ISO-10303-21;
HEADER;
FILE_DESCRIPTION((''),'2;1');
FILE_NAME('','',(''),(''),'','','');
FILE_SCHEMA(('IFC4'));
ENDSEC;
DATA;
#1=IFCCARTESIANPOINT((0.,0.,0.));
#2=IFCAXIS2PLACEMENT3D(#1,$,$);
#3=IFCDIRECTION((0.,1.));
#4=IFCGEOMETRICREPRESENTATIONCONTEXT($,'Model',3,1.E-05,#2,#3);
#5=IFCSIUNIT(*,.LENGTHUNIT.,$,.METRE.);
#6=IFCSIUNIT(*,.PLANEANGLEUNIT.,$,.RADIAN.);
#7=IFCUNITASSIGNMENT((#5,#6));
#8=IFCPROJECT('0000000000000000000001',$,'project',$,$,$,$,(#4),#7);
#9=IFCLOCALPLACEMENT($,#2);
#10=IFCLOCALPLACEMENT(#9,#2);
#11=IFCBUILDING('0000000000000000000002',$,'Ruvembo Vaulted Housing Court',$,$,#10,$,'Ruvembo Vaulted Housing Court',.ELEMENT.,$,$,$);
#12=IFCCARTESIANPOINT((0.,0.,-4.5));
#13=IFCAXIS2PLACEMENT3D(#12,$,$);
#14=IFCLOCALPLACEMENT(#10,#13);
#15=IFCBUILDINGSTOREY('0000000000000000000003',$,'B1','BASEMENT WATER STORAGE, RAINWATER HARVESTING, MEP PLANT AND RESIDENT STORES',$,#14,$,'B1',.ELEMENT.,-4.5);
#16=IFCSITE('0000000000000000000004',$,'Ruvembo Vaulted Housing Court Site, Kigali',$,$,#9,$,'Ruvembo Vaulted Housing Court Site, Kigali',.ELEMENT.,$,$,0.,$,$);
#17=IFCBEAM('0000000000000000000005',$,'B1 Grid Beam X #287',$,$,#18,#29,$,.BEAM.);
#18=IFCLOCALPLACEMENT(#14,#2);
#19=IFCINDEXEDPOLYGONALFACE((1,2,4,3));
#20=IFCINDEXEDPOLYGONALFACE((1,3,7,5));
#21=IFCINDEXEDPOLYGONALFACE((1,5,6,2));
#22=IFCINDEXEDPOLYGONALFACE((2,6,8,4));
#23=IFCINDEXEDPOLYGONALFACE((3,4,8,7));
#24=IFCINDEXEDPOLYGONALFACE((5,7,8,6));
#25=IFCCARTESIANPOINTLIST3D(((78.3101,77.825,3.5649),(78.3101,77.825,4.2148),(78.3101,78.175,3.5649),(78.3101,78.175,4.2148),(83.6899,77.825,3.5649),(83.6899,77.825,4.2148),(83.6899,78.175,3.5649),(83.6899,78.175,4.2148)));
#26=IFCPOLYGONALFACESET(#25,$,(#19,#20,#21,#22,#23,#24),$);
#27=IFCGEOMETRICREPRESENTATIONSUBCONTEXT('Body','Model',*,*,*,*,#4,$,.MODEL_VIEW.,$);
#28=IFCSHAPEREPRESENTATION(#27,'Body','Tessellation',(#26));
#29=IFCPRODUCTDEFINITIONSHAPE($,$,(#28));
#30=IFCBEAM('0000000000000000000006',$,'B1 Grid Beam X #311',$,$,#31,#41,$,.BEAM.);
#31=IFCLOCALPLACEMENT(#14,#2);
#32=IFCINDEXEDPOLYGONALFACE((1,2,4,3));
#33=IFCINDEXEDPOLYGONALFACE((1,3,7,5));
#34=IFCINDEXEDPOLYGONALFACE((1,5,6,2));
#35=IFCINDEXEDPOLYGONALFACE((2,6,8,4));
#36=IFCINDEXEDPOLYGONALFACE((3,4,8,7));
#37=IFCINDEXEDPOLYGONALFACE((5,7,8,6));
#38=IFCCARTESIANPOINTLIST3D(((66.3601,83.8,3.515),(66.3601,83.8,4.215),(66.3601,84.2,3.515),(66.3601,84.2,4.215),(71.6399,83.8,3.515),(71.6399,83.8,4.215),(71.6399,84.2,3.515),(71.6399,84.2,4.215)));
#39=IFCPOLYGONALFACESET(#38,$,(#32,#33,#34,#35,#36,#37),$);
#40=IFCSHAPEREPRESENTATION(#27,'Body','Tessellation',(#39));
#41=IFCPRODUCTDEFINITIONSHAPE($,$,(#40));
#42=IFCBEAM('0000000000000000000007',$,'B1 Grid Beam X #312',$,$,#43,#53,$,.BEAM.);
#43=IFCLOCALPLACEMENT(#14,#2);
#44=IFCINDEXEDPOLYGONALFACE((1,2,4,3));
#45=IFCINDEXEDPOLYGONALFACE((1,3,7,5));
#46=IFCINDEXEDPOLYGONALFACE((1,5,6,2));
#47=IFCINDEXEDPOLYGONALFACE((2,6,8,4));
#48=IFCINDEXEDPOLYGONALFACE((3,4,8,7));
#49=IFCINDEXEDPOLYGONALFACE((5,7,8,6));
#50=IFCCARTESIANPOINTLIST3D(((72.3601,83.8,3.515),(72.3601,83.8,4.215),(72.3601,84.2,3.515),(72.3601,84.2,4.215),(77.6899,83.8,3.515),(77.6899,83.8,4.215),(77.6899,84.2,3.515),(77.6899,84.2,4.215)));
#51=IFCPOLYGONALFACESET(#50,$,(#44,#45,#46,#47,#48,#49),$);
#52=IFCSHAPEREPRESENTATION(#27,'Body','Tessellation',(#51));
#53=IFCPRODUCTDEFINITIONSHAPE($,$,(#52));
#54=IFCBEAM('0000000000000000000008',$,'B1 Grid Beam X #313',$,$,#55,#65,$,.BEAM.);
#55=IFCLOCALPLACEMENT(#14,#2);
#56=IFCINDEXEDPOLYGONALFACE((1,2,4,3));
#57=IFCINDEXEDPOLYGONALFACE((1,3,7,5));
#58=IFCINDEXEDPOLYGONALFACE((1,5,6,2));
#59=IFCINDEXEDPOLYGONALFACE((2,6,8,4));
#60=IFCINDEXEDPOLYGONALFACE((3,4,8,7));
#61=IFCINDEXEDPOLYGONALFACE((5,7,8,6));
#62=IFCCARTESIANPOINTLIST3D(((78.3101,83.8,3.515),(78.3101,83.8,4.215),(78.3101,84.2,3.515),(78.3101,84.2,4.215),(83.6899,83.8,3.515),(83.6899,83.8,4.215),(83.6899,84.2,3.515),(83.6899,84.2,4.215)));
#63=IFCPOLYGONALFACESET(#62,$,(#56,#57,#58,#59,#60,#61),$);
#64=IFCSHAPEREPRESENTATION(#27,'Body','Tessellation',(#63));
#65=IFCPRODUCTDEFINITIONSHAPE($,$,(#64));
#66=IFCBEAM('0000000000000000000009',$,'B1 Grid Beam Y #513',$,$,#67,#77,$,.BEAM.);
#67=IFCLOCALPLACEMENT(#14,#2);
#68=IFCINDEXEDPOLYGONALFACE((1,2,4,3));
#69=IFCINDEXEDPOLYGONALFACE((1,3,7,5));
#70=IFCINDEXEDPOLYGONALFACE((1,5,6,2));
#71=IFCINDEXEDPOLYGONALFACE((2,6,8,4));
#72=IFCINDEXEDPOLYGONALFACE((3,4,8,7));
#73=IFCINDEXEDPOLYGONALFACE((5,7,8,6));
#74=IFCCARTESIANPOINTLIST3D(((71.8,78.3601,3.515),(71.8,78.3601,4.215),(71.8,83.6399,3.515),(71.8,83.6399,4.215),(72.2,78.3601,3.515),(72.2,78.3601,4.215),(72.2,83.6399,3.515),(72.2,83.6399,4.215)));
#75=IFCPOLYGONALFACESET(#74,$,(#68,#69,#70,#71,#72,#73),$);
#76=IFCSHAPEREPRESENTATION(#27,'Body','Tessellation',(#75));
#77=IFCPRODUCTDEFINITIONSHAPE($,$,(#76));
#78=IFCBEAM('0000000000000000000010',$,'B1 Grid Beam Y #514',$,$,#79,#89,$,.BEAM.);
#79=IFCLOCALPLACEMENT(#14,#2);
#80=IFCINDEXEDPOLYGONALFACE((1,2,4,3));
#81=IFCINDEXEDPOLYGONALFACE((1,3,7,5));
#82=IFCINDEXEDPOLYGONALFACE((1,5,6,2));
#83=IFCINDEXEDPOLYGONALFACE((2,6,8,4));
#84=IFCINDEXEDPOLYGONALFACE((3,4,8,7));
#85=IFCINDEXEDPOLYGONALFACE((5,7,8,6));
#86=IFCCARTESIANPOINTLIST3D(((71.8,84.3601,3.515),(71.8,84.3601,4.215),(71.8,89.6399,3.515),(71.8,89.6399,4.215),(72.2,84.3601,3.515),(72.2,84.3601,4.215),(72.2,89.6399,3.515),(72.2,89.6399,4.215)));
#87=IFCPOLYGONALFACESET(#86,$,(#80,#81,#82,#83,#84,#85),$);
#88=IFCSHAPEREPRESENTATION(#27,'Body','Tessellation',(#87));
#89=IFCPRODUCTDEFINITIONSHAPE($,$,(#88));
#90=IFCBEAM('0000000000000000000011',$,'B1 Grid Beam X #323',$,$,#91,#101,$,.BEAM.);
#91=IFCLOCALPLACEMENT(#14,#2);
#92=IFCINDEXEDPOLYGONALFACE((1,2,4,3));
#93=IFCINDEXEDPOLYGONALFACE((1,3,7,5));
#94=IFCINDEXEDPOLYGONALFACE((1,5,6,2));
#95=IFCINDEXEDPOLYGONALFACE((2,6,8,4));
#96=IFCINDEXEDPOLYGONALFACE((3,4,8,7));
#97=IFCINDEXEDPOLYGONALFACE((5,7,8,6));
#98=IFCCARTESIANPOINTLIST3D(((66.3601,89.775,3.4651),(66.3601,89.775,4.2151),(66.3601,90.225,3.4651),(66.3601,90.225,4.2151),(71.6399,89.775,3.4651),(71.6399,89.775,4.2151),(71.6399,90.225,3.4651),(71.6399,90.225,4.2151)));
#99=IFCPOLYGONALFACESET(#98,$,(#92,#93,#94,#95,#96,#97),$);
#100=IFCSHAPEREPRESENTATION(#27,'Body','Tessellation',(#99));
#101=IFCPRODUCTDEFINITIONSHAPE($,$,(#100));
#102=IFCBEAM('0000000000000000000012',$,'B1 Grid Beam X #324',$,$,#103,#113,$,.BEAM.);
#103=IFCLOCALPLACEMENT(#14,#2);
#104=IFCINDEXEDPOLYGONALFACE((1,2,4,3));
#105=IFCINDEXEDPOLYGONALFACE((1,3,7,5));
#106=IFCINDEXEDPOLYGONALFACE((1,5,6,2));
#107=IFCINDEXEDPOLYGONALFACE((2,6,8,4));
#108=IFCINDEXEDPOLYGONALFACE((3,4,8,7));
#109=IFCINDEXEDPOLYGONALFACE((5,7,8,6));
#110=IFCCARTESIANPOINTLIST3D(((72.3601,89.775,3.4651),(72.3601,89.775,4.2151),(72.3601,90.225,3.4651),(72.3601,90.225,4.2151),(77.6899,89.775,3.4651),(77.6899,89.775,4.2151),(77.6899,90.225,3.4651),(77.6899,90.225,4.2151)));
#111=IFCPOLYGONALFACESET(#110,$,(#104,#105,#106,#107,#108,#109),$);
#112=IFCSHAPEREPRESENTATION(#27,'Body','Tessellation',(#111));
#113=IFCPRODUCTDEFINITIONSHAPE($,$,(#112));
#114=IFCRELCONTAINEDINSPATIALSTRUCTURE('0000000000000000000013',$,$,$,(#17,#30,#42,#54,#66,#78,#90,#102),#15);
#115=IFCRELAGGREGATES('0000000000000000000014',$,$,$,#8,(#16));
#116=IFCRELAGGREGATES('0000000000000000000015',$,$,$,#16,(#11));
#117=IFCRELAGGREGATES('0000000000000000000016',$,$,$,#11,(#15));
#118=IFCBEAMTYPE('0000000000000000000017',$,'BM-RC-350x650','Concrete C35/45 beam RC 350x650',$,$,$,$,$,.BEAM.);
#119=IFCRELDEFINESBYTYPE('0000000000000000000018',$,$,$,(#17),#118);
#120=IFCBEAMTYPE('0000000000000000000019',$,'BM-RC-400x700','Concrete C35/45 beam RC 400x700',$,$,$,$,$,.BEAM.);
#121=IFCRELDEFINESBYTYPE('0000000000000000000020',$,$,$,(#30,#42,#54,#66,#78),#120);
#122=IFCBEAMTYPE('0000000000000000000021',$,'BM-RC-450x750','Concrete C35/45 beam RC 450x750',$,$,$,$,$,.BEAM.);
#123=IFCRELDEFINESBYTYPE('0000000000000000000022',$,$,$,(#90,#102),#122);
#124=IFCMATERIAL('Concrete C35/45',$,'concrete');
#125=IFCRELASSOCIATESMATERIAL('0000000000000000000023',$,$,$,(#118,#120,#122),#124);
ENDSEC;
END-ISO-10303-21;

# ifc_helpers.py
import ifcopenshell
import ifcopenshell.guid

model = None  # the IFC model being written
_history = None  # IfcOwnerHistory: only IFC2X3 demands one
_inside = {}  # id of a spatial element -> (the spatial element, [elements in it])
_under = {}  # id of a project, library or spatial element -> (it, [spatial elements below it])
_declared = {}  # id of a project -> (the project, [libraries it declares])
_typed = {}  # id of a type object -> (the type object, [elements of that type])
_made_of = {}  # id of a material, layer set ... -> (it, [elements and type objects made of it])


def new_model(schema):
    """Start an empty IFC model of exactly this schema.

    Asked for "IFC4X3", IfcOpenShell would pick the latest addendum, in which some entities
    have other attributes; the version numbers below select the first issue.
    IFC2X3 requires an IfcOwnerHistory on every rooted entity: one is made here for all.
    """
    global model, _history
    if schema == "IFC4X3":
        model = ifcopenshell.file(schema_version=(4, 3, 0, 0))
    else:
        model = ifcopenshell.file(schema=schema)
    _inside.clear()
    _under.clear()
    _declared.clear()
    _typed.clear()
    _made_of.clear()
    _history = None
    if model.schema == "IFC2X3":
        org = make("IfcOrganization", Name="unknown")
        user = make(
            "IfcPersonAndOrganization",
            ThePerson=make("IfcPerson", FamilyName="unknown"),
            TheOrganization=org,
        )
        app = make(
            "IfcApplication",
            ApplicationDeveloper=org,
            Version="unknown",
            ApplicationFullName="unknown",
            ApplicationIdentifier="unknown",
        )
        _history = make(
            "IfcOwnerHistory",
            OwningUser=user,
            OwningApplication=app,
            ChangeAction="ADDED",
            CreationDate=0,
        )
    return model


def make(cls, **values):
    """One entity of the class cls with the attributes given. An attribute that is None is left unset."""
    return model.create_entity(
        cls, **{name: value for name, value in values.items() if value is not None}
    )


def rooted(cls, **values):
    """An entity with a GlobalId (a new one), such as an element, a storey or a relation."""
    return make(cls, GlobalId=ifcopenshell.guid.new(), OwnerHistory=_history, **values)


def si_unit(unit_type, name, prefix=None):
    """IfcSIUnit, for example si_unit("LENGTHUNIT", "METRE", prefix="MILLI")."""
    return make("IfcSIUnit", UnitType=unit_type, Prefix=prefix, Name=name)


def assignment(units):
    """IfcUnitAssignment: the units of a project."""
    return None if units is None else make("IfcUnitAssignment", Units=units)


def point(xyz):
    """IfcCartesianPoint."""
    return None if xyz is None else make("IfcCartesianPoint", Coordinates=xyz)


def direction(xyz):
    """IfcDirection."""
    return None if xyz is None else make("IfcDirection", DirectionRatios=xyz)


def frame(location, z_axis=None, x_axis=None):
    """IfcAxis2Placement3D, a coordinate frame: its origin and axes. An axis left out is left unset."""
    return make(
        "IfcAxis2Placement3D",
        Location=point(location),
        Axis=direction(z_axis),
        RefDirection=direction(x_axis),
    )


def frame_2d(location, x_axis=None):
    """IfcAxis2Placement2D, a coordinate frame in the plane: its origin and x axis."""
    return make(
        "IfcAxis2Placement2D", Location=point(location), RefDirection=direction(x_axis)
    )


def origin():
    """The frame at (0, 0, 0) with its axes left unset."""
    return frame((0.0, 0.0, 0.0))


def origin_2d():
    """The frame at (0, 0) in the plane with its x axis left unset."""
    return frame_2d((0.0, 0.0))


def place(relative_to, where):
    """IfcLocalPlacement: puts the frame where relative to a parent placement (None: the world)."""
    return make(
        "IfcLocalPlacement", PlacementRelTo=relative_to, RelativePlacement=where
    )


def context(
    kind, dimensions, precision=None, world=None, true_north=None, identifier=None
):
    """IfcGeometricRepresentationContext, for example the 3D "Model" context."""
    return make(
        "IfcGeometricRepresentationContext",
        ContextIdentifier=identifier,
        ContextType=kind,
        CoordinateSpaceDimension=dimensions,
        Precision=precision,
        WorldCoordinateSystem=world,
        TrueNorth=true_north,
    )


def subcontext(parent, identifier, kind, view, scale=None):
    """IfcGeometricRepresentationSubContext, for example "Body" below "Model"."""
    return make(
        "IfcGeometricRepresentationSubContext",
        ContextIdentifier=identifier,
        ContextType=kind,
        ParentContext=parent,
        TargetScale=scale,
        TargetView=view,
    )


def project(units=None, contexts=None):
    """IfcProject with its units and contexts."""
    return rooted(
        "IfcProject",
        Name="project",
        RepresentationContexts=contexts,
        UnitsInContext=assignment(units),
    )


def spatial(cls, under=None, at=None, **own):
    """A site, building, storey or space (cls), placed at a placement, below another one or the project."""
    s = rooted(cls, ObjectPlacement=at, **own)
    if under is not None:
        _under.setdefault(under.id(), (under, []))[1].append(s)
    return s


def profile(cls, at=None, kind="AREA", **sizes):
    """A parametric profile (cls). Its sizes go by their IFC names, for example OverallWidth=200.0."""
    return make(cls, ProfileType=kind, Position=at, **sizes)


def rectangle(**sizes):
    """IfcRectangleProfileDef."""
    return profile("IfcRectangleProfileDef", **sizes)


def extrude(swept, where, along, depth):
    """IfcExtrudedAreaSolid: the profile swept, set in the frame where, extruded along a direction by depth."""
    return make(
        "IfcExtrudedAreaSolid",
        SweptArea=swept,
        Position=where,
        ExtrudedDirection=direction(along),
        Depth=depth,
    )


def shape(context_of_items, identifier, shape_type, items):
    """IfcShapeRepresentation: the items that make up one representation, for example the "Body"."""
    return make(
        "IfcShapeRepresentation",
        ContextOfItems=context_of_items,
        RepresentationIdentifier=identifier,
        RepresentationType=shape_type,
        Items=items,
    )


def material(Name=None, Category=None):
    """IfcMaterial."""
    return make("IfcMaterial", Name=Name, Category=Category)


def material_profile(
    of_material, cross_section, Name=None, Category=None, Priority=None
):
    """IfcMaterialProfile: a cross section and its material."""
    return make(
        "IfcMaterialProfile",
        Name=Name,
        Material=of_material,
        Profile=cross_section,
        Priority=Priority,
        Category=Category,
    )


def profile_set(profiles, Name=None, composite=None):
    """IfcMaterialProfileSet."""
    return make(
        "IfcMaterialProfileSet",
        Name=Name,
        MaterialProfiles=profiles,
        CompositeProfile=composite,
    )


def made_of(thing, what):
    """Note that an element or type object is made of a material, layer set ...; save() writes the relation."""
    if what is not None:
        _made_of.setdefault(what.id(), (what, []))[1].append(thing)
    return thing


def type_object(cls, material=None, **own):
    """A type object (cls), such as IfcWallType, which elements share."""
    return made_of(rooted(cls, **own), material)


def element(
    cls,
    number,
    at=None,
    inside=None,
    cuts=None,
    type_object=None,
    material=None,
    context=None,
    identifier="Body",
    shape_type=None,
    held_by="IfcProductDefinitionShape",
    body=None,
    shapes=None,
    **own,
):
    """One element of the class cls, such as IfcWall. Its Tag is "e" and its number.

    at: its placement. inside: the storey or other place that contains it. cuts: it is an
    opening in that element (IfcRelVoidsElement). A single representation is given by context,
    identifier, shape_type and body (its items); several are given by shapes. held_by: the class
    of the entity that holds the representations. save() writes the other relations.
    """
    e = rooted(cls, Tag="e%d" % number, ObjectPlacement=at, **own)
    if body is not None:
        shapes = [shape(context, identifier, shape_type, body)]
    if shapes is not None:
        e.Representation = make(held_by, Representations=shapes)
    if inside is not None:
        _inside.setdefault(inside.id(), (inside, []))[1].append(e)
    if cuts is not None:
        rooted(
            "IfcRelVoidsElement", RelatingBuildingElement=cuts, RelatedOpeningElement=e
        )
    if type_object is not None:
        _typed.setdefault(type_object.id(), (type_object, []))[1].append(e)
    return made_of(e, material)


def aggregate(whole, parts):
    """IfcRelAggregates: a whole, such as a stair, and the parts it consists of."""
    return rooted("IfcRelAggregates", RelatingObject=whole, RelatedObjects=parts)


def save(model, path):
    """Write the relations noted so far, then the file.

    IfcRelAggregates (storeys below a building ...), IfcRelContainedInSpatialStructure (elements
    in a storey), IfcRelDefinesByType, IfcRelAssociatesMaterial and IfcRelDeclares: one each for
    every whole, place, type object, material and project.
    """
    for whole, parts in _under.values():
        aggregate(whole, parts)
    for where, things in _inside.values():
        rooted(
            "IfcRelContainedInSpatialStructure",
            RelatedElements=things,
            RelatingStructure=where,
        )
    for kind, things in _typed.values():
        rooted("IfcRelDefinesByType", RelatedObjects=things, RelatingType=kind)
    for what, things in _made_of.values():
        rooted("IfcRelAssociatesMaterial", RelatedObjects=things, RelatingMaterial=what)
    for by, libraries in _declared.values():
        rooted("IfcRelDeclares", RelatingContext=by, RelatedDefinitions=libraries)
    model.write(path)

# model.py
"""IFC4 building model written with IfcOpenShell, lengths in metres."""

from ifc_helpers import new_model, si_unit, direction, frame, origin, origin_2d, place, context, subcontext, project, spatial, rectangle, extrude, material, material_profile, profile_set, type_object, element, save


model = new_model("IFC4")

# Units and contexts
model_context = context("Model", 3, precision=1e-05, world=origin(), true_north=direction((0.0, 1.0)))
body_context = subcontext(model_context, "Body", "Model", "MODEL_VIEW")
ifc_project = project(units=[si_unit("LENGTHUNIT", "METRE"), si_unit("PLANEANGLEUNIT", "RADIAN")], contexts=[model_context])

# Site, building, storey
site_placement = place(None, origin())
site = spatial("IfcSite", under=ifc_project, at=site_placement, Name="Ruvembo Vaulted Housing Court Site, Kigali", LongName="Ruvembo Vaulted Housing Court Site, Kigali", CompositionType="ELEMENT", RefElevation=0.0)
building_placement = place(site_placement, origin())
building = spatial("IfcBuilding", under=site, at=building_placement, Name="Ruvembo Vaulted Housing Court", LongName="Ruvembo Vaulted Housing Court", CompositionType="ELEMENT")
storey_placement = place(building_placement, frame((0.0, 0.0, -4.5)))
storey = spatial("IfcBuildingStorey", under=building, at=storey_placement, Name="B1", Description="BASEMENT WATER STORAGE, RAINWATER HARVESTING, MEP PLANT AND RESIDENT STORES", LongName="B1", CompositionType="ELEMENT", Elevation=-4.5)

# Shared definitions
ifc_material_1 = material(Name="Concrete C35/45", Category="concrete")

# Beams
ifc_material_profile_1 = material_profile(ifc_material_1, rectangle(XDim=0.3501, YDim=0.6499, at=origin_2d()), Name="RC 350x650")
ifc_profile_set_1 = profile_set([ifc_material_profile_1], Name="Concrete C35/45")
beam_type_1 = type_object("IfcBeamType", Name="BM-RC-350x650", Description="Concrete C35/45 beam RC 350x650", PredefinedType="BEAM", material=ifc_profile_set_1)
beam_1_placement = place(storey_placement, frame((78.3101, 78.0, 3.8899), z_axis=(1.0, 0.0, 0.0), x_axis=(0.0, 1.0, 0.0)))
element("IfcBeam", 1, at=beam_1_placement, inside=storey, type_object=beam_type_1, Name="B1 Grid Beam X #287", PredefinedType="BEAM", context=body_context, shape_type="SweptSolid", body=[
    extrude(rectangle(XDim=0.3501, YDim=0.6499, at=origin_2d()), origin(), (0.0, 0.0, 1.0), 5.3799),
])
ifc_material_profile_2 = material_profile(ifc_material_1, rectangle(XDim=0.3999, YDim=0.7, at=origin_2d()), Name="RC 400x700")
ifc_profile_set_2 = profile_set([ifc_material_profile_2], Name="Concrete C35/45")
beam_type_2 = type_object("IfcBeamType", Name="BM-RC-400x700", Description="Concrete C35/45 beam RC 400x700", PredefinedType="BEAM", material=ifc_profile_set_2)
beam_2_placement = place(storey_placement, frame((66.3601, 84.0, 3.865), z_axis=(1.0, 0.0, 0.0), x_axis=(0.0, 1.0, 0.0)))
element("IfcBeam", 2, at=beam_2_placement, inside=storey, type_object=beam_type_2, Name="B1 Grid Beam X #311", PredefinedType="BEAM", context=body_context, shape_type="SweptSolid", body=[
    extrude(rectangle(XDim=0.3999, YDim=0.7, at=origin_2d()), origin(), (0.0, 0.0, 1.0), 5.2798),
])
beam_3_placement = place(storey_placement, frame((72.3601, 84.0, 3.865), z_axis=(1.0, 0.0, 0.0), x_axis=(0.0, 1.0, 0.0)))
element("IfcBeam", 3, at=beam_3_placement, inside=storey, type_object=beam_type_2, Name="B1 Grid Beam X #312", PredefinedType="BEAM", context=body_context, shape_type="SweptSolid", body=[
    extrude(rectangle(XDim=0.3999, YDim=0.7, at=origin_2d()), origin(), (0.0, 0.0, 1.0), 5.3298),
])
beam_4_placement = place(storey_placement, frame((78.3101, 84.0, 3.865), z_axis=(1.0, 0.0, 0.0), x_axis=(0.0, 1.0, 0.0)))
element("IfcBeam", 4, at=beam_4_placement, inside=storey, type_object=beam_type_2, Name="B1 Grid Beam X #313", PredefinedType="BEAM", context=body_context, shape_type="SweptSolid", body=[
    extrude(rectangle(XDim=0.3999, YDim=0.7, at=origin_2d()), origin(), (0.0, 0.0, 1.0), 5.3799),
])
for number, where, z_axis, x_axis, name in (
    (5, (72.0, 78.3601, 3.865), (0.0, 1.0, 0.0), (-1.0, 0.0, 0.0), "B1 Grid Beam Y #513"),
    (6, (72.0, 84.3601, 3.865), (0.0, 1.0, 0.0), (-1.0, 0.0, 0.0), "B1 Grid Beam Y #514"),
):
    element("IfcBeam", number, at=place(storey_placement, frame(where, z_axis=z_axis, x_axis=x_axis)), inside=storey, type_object=beam_type_2, Name=name, PredefinedType="BEAM", context=body_context, shape_type="SweptSolid", body=[
        extrude(rectangle(XDim=0.3999, YDim=0.7, at=origin_2d()), origin(), (0.0, 0.0, 1.0), 5.2798),
    ])
ifc_material_profile_3 = material_profile(ifc_material_1, rectangle(XDim=0.45, YDim=0.75, at=origin_2d()), Name="RC 450x750")
ifc_profile_set_3 = profile_set([ifc_material_profile_3], Name="Concrete C35/45")
beam_type_3 = type_object("IfcBeamType", Name="BM-RC-450x750", Description="Concrete C35/45 beam RC 450x750", PredefinedType="BEAM", material=ifc_profile_set_3)
beam_5_placement = place(storey_placement, frame((66.3601, 90.0, 3.8401), z_axis=(1.0, 0.0, 0.0), x_axis=(0.0, 1.0, 0.0)))
element("IfcBeam", 7, at=beam_5_placement, inside=storey, type_object=beam_type_3, Name="B1 Grid Beam X #323", PredefinedType="BEAM", context=body_context, shape_type="SweptSolid", body=[
    extrude(rectangle(XDim=0.45, YDim=0.75, at=origin_2d()), origin(), (0.0, 0.0, 1.0), 5.2798),
])
beam_6_placement = place(storey_placement, frame((72.3601, 90.0, 3.8401), z_axis=(1.0, 0.0, 0.0), x_axis=(0.0, 1.0, 0.0)))
element("IfcBeam", 8, at=beam_6_placement, inside=storey, type_object=beam_type_3, Name="B1 Grid Beam X #324", PredefinedType="BEAM", context=body_context, shape_type="SweptSolid", body=[
    extrude(rectangle(XDim=0.45, YDim=0.75, at=origin_2d()), origin(), (0.0, 0.0, 1.0), 5.3298),
])

save(model, "model.ifc")
